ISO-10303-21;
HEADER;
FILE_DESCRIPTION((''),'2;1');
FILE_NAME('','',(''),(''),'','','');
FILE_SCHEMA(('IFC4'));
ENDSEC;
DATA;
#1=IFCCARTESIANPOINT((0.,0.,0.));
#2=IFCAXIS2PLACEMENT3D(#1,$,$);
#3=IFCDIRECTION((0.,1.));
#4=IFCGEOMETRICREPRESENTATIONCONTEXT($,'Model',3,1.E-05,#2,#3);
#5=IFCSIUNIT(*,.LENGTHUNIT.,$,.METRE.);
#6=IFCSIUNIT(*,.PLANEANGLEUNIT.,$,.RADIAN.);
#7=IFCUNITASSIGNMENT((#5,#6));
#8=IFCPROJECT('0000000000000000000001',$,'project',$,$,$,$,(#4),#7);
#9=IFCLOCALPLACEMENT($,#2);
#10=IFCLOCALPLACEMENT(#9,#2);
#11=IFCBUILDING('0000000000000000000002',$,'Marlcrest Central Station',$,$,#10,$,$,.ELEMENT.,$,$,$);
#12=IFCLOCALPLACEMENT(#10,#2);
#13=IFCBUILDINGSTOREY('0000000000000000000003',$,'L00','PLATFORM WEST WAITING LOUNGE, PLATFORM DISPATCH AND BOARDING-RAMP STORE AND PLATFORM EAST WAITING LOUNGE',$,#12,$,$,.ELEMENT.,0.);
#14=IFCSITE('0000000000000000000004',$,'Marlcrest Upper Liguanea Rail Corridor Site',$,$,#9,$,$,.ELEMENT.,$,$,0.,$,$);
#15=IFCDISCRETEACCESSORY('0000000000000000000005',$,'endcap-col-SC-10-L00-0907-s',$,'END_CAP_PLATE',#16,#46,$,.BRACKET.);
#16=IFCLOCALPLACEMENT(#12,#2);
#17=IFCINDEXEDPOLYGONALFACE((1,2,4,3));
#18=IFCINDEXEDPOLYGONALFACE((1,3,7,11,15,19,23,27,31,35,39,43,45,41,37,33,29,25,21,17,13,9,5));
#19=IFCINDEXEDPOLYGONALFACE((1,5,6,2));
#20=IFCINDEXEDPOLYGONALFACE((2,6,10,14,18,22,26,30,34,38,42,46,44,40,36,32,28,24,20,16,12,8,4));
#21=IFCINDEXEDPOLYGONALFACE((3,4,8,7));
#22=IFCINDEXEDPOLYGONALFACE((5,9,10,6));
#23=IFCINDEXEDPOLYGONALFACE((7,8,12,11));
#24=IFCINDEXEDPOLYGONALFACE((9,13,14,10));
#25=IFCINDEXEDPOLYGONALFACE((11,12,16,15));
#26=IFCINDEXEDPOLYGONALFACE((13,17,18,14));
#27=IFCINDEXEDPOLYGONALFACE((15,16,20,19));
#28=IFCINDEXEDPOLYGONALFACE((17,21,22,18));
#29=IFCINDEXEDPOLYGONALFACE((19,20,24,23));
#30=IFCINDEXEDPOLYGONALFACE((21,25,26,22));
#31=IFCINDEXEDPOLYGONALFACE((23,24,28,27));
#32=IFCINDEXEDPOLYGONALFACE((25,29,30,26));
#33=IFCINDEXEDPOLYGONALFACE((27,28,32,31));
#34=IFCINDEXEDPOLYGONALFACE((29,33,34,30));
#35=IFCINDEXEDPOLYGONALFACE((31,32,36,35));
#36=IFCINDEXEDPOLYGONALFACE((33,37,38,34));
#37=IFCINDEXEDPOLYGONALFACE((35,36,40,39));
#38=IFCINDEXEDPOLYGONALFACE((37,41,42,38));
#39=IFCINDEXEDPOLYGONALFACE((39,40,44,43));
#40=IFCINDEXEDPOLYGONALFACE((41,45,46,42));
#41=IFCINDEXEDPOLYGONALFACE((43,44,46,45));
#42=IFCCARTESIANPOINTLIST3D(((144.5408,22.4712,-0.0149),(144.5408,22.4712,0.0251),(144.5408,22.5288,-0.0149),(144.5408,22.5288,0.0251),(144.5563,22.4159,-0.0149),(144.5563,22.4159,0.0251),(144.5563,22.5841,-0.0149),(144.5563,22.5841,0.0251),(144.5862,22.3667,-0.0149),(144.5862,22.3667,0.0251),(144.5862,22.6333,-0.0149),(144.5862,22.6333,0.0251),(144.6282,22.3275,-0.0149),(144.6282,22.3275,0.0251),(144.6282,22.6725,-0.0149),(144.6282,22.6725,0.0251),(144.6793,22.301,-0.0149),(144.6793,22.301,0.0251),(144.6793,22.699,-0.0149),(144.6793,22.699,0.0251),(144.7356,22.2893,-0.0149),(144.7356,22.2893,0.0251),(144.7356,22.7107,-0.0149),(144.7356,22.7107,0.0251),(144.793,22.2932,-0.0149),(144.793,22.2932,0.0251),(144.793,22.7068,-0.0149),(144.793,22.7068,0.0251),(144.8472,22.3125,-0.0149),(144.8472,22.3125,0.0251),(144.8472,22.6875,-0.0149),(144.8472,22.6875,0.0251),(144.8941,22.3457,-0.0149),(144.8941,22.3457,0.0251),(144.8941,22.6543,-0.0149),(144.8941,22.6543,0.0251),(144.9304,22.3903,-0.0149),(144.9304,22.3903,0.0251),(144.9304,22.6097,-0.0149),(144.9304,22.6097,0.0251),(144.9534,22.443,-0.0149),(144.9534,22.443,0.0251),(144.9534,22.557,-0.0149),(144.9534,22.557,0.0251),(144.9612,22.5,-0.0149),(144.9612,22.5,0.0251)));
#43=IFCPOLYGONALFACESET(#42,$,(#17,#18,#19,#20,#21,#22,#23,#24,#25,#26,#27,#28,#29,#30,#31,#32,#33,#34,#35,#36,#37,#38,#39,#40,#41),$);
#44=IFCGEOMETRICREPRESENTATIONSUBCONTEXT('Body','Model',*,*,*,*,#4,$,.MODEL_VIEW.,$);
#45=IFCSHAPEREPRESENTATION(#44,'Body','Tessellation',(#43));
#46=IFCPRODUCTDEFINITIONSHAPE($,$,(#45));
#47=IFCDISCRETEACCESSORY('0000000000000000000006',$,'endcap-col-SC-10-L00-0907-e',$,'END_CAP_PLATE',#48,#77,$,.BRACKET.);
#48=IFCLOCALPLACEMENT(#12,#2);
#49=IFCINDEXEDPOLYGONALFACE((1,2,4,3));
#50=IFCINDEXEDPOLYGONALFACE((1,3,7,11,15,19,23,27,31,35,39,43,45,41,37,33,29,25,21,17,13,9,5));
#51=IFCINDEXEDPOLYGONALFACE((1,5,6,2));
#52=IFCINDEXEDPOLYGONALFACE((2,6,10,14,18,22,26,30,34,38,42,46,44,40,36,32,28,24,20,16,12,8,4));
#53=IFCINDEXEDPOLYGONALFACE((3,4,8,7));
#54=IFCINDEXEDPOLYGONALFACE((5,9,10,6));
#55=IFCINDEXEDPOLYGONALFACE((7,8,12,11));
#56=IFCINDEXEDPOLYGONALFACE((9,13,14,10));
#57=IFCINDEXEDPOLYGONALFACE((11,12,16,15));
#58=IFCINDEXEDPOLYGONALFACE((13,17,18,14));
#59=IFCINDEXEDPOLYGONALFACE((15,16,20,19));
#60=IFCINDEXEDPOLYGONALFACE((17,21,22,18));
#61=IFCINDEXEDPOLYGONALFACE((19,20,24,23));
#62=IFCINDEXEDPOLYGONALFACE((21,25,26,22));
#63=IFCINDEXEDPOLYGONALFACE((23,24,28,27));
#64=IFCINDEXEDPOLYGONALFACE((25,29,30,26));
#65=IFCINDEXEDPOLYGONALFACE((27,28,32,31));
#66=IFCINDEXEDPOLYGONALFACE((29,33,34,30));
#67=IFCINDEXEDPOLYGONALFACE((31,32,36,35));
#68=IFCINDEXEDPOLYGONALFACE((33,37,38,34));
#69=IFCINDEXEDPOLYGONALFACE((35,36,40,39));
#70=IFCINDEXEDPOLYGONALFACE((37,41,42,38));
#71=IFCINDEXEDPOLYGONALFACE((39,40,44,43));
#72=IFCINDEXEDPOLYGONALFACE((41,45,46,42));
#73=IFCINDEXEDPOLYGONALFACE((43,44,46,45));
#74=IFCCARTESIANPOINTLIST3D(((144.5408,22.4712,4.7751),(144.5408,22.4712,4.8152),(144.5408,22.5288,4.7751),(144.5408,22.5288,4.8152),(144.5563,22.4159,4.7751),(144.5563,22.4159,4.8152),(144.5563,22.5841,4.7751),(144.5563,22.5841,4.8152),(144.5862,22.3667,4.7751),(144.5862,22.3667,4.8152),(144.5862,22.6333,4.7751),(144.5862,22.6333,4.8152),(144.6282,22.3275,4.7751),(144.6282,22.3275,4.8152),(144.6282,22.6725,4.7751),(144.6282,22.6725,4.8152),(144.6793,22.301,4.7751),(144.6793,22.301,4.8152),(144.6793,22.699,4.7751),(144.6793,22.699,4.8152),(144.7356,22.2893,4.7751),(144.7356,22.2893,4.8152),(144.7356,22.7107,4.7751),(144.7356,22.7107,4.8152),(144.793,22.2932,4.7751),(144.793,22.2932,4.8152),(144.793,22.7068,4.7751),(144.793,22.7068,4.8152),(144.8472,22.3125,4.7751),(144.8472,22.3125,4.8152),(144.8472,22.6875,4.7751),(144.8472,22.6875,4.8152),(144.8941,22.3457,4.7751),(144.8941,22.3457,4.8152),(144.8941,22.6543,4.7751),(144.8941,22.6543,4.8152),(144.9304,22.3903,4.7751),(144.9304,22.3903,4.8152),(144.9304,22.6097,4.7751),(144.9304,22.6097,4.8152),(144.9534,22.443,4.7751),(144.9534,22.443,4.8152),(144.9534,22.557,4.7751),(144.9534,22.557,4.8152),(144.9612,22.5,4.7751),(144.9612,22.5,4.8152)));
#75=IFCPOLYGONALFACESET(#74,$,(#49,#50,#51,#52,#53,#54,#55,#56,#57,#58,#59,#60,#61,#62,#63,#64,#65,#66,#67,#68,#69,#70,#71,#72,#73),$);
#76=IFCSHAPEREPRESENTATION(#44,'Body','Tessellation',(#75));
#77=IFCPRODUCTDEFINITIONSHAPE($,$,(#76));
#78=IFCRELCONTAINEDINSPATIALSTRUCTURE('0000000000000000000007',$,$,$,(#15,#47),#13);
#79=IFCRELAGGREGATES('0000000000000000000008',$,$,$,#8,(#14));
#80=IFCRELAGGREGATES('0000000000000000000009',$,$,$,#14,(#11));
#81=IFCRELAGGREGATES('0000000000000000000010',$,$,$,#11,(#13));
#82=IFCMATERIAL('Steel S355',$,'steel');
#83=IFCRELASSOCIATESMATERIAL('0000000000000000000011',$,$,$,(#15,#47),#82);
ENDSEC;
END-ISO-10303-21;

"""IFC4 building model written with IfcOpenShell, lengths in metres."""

from ifc_helpers import new_model, si_unit, direction, frame, origin, origin_2d, place, context, subcontext, project, spatial, circle, extrude, material, element, save


model = new_model("IFC4")

# Units and contexts
model_context = context("Model", 3, precision=1e-05, world=origin(), true_north=direction((0.0, 1.0)))
body_context = subcontext(model_context, "Body", "Model", "MODEL_VIEW")
ifc_project = project(units=[si_unit("LENGTHUNIT", "METRE"), si_unit("PLANEANGLEUNIT", "RADIAN")], contexts=[model_context])

# Site, building, storey
site_placement = place(None, origin())
site = spatial("IfcSite", under=ifc_project, at=site_placement, Name="Marlcrest Upper Liguanea Rail Corridor Site", CompositionType="ELEMENT", RefElevation=0.0)
building_placement = place(site_placement, origin())
building = spatial("IfcBuilding", under=site, at=building_placement, Name="Marlcrest Central Station", CompositionType="ELEMENT")
storey_placement = place(building_placement, origin())
storey = spatial("IfcBuildingStorey", under=building, at=storey_placement, Name="L00", Description="PLATFORM WEST WAITING LOUNGE, PLATFORM DISPATCH AND BOARDING-RAMP STORE AND PLATFORM EAST WAITING LOUNGE", CompositionType="ELEMENT", Elevation=0.0)

# Shared definitions
ifc_material_1 = material(Name="Steel S355", Category="steel")

# Discrete accessories
for number, where, z_axis, x_axis, name in (
    (1, (144.75, 22.5, -0.0149), (0.0, 0.0, 1.0), (1.0, 0.0, 0.0), "endcap-col-SC-10-L00-0907-s"),
    (2, (144.75, 22.5, 4.7751), (0.0, 0.0, 1.0), (1.0, 0.0, 0.0), "endcap-col-SC-10-L00-0907-e"),
):
    element("IfcDiscreteAccessory", number, at=place(storey_placement, frame(where, z_axis=z_axis, x_axis=x_axis)), inside=storey, material=ifc_material_1, Name=name, ObjectType="END_CAP_PLATE", PredefinedType="BRACKET", context=body_context, shape_type="SweptSolid", body=[
        extrude(circle(Radius=0.2112, at=origin_2d()), origin(), (0.0, 0.0, 1.0), 0.04),
    ])

save(model, "model.ifc")
